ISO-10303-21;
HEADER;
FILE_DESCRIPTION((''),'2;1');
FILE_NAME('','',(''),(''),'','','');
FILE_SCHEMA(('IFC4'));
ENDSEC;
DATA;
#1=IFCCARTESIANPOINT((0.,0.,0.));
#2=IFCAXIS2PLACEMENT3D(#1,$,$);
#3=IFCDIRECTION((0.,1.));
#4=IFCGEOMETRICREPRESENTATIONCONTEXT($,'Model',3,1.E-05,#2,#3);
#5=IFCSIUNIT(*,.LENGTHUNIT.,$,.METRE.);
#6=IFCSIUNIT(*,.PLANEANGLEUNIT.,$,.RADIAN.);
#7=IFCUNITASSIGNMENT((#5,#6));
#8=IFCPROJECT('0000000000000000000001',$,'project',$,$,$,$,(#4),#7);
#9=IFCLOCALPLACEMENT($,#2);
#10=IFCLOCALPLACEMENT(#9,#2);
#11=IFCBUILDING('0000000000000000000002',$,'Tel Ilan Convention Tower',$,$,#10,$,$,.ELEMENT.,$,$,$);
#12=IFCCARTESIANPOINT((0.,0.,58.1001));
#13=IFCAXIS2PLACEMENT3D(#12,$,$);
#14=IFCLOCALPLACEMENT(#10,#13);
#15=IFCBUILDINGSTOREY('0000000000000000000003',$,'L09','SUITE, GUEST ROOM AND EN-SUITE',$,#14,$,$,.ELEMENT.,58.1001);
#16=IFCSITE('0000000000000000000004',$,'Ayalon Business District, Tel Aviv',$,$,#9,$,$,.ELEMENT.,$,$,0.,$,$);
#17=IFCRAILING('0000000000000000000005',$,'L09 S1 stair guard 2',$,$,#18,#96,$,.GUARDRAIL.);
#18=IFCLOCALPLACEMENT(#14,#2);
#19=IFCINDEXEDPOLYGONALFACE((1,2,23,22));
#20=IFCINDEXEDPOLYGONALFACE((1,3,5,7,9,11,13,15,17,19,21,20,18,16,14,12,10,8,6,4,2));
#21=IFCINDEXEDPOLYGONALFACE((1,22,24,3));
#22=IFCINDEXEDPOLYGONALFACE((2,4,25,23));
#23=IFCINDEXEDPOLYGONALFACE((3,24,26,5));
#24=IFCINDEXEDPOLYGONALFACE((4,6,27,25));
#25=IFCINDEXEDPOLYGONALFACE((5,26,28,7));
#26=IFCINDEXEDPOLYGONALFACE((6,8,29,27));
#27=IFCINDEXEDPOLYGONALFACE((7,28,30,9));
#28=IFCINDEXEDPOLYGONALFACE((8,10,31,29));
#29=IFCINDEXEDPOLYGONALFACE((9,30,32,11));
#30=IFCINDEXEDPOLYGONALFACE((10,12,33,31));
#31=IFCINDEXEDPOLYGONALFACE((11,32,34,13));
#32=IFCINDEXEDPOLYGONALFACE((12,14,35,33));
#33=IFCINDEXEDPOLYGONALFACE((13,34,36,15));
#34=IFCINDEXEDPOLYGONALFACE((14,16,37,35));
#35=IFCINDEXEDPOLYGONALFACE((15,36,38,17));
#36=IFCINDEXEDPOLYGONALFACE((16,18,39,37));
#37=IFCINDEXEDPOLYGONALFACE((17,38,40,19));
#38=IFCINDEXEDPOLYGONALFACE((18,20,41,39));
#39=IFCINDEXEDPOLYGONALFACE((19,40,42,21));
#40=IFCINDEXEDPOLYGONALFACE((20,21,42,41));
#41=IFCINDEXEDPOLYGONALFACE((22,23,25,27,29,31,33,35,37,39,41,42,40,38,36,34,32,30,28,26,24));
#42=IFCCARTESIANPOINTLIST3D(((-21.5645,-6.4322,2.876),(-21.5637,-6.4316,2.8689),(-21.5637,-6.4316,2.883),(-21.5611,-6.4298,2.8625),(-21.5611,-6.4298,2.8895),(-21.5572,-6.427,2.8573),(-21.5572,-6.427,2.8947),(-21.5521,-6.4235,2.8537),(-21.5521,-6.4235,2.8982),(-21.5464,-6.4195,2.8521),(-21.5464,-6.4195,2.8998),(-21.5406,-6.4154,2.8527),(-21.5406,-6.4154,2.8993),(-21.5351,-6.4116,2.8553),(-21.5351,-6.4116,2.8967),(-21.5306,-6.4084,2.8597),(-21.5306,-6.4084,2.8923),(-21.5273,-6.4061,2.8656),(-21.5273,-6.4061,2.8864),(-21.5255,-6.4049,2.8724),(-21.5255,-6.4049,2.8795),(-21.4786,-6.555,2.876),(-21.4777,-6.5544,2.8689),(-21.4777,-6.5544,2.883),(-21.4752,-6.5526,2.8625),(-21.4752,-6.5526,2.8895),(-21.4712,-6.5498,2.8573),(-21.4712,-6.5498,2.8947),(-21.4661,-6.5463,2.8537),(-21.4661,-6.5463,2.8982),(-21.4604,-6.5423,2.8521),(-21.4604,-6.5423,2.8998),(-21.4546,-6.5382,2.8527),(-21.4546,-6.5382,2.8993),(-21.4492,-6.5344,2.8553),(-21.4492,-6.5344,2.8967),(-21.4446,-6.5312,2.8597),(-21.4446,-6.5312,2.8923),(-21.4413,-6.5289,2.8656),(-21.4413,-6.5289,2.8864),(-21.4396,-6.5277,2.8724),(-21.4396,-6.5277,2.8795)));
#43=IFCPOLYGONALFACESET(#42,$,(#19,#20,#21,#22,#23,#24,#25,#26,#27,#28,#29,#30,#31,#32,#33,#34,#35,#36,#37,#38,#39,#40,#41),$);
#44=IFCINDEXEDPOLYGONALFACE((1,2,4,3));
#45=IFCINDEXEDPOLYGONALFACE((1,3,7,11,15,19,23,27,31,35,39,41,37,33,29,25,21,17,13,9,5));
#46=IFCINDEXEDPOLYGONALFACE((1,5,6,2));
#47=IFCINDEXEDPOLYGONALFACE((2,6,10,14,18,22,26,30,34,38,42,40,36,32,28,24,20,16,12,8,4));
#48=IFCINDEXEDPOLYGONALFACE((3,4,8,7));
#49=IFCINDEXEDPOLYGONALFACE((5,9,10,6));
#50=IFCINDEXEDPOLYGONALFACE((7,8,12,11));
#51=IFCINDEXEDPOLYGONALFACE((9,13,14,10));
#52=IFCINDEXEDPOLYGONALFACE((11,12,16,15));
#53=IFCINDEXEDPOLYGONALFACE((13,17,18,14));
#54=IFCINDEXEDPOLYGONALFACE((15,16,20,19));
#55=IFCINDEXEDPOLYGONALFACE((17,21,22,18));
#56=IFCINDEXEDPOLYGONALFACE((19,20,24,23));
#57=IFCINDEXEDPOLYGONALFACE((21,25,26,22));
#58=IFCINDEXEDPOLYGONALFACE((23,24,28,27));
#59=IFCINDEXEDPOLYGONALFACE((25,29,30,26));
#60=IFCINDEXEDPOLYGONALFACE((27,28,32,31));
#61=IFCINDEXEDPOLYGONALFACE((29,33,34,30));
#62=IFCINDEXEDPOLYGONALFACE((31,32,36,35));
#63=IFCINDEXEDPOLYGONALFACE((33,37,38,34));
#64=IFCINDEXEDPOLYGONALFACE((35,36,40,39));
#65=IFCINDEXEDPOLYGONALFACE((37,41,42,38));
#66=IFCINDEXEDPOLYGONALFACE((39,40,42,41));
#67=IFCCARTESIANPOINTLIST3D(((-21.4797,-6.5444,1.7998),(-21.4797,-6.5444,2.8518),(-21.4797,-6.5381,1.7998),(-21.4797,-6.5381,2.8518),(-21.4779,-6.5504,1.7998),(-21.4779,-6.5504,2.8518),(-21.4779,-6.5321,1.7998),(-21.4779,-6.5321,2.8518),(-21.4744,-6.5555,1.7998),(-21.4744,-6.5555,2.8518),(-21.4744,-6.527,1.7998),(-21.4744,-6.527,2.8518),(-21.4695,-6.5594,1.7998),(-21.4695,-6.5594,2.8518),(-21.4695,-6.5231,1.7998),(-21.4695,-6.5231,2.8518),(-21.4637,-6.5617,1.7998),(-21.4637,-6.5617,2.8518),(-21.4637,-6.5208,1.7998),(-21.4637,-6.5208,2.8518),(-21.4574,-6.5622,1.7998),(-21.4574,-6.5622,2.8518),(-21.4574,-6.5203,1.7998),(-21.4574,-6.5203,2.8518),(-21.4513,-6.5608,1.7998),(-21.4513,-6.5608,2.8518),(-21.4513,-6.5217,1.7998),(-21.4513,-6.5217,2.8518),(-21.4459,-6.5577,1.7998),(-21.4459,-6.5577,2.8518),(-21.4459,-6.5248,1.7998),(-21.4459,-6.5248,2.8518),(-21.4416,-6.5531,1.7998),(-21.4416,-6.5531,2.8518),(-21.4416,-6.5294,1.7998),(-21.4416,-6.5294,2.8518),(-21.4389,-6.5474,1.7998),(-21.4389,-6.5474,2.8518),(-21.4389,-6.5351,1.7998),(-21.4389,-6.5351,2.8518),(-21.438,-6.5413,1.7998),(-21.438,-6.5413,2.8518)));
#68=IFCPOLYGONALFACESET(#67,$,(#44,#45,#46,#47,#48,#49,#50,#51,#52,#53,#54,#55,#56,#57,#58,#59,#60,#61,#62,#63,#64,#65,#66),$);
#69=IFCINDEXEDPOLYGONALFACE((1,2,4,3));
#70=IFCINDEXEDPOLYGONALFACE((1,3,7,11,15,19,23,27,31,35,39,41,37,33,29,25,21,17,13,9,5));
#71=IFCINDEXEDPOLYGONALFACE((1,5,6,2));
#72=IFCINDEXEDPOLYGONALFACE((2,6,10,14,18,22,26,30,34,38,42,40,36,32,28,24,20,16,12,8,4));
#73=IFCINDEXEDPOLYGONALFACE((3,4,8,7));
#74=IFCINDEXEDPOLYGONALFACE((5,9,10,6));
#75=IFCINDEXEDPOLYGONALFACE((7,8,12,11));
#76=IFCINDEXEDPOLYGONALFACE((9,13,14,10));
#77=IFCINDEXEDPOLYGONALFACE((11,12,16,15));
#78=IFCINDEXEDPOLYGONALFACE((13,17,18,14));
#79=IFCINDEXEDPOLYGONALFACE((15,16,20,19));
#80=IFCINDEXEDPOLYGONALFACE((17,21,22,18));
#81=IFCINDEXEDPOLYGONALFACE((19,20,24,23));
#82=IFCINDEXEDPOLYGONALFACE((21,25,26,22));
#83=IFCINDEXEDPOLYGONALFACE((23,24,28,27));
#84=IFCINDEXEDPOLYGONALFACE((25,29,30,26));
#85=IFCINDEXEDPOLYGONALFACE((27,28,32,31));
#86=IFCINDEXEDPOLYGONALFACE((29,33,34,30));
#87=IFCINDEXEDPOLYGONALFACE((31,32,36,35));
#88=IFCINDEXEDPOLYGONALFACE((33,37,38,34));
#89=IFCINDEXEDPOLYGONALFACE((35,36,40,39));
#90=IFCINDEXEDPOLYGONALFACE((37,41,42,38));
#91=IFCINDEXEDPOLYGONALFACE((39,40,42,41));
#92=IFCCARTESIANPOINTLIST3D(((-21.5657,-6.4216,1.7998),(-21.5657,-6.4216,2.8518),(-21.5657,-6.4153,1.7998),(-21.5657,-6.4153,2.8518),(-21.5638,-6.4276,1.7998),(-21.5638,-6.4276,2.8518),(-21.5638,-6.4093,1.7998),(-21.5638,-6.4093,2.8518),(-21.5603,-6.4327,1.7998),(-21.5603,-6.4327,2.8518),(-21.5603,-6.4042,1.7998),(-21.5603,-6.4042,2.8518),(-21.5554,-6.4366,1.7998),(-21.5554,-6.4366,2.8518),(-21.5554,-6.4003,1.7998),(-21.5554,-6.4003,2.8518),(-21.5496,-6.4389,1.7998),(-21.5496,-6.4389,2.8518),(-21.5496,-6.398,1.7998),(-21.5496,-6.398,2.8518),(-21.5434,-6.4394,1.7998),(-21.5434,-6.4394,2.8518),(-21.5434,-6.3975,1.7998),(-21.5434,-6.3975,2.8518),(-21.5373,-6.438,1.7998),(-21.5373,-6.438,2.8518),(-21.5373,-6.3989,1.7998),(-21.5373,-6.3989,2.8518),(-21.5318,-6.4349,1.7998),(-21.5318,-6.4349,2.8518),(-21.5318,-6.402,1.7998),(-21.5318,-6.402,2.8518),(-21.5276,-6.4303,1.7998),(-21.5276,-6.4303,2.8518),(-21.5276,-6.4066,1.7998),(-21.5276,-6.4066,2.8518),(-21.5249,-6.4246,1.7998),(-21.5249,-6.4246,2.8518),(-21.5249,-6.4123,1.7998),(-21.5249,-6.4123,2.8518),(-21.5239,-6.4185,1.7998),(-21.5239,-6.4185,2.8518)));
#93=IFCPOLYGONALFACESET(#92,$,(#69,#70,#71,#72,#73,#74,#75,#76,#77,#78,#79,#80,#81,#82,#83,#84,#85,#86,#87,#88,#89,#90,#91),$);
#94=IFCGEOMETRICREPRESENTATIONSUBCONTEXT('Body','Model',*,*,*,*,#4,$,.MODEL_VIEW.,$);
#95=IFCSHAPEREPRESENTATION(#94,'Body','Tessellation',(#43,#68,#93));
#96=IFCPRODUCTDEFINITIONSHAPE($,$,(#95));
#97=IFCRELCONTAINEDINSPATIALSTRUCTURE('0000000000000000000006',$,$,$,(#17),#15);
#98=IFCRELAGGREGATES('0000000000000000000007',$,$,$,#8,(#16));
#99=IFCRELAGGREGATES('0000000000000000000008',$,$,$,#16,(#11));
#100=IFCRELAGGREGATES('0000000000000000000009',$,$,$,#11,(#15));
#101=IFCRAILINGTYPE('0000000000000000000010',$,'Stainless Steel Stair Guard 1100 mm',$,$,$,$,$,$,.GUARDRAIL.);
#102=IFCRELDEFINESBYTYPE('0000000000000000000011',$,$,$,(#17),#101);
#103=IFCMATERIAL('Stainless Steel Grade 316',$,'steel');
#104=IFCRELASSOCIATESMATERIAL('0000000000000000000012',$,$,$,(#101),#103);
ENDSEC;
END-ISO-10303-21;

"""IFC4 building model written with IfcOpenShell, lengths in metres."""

from ifc_helpers import new_model, si_unit, direction, frame, origin, origin_2d, place, context, subcontext, project, spatial, circle, extrude, material, type_object, element, save


model = new_model("IFC4")

# Units and contexts
model_context = context("Model", 3, precision=1e-05, world=origin(), true_north=direction((0.0, 1.0)))
body_context = subcontext(model_context, "Body", "Model", "MODEL_VIEW")
ifc_project = project(units=[si_unit("LENGTHUNIT", "METRE"), si_unit("PLANEANGLEUNIT", "RADIAN")], contexts=[model_context])

# Site, building, storey
site_placement = place(None, origin())
site = spatial("IfcSite", under=ifc_project, at=site_placement, Name="Ayalon Business District, Tel Aviv", CompositionType="ELEMENT", RefElevation=0.0)
building_placement = place(site_placement, origin())
building = spatial("IfcBuilding", under=site, at=building_placement, Name="Tel Ilan Convention Tower", CompositionType="ELEMENT")
storey_placement = place(building_placement, frame((0.0, 0.0, 58.1001)))
storey = spatial("IfcBuildingStorey", under=building, at=storey_placement, Name="L09", Description="SUITE, GUEST ROOM AND EN-SUITE", CompositionType="ELEMENT", Elevation=58.1001)

# Railing
ifc_material_1 = material(Name="Stainless Steel Grade 316", Category="steel")
railing_type_1 = type_object("IfcRailingType", Name="Stainless Steel Stair Guard 1100 mm", PredefinedType="GUARDRAIL", material=ifc_material_1)
railing_1_placement = place(storey_placement, frame((-21.459, -6.5413, 1.7998)))
element("IfcRailing", 1, at=railing_1_placement, inside=storey, type_object=railing_type_1, Name="L09 S1 stair guard 2", PredefinedType="GUARDRAIL", context=body_context, shape_type="SweptSolid", body=[
    extrude(circle(Radius=0.0239, at=origin_2d()), frame((0.0, 0.0, 1.0762), z_axis=(-0.573353, 0.819308, 0.0), x_axis=(-0.819308, -0.573353, 0.0)), (0.0, 0.0, 1.0), 0.1499),
    extrude(circle(Radius=0.021, at=origin_2d()), origin(), (0.0, 0.0, 1.0), 1.052),
    extrude(circle(Radius=0.021, at=origin_2d()), frame((-0.0859, 0.1228, 0.0)), (0.0, 0.0, 1.0), 1.052),
])

save(model, "model.ifc")
